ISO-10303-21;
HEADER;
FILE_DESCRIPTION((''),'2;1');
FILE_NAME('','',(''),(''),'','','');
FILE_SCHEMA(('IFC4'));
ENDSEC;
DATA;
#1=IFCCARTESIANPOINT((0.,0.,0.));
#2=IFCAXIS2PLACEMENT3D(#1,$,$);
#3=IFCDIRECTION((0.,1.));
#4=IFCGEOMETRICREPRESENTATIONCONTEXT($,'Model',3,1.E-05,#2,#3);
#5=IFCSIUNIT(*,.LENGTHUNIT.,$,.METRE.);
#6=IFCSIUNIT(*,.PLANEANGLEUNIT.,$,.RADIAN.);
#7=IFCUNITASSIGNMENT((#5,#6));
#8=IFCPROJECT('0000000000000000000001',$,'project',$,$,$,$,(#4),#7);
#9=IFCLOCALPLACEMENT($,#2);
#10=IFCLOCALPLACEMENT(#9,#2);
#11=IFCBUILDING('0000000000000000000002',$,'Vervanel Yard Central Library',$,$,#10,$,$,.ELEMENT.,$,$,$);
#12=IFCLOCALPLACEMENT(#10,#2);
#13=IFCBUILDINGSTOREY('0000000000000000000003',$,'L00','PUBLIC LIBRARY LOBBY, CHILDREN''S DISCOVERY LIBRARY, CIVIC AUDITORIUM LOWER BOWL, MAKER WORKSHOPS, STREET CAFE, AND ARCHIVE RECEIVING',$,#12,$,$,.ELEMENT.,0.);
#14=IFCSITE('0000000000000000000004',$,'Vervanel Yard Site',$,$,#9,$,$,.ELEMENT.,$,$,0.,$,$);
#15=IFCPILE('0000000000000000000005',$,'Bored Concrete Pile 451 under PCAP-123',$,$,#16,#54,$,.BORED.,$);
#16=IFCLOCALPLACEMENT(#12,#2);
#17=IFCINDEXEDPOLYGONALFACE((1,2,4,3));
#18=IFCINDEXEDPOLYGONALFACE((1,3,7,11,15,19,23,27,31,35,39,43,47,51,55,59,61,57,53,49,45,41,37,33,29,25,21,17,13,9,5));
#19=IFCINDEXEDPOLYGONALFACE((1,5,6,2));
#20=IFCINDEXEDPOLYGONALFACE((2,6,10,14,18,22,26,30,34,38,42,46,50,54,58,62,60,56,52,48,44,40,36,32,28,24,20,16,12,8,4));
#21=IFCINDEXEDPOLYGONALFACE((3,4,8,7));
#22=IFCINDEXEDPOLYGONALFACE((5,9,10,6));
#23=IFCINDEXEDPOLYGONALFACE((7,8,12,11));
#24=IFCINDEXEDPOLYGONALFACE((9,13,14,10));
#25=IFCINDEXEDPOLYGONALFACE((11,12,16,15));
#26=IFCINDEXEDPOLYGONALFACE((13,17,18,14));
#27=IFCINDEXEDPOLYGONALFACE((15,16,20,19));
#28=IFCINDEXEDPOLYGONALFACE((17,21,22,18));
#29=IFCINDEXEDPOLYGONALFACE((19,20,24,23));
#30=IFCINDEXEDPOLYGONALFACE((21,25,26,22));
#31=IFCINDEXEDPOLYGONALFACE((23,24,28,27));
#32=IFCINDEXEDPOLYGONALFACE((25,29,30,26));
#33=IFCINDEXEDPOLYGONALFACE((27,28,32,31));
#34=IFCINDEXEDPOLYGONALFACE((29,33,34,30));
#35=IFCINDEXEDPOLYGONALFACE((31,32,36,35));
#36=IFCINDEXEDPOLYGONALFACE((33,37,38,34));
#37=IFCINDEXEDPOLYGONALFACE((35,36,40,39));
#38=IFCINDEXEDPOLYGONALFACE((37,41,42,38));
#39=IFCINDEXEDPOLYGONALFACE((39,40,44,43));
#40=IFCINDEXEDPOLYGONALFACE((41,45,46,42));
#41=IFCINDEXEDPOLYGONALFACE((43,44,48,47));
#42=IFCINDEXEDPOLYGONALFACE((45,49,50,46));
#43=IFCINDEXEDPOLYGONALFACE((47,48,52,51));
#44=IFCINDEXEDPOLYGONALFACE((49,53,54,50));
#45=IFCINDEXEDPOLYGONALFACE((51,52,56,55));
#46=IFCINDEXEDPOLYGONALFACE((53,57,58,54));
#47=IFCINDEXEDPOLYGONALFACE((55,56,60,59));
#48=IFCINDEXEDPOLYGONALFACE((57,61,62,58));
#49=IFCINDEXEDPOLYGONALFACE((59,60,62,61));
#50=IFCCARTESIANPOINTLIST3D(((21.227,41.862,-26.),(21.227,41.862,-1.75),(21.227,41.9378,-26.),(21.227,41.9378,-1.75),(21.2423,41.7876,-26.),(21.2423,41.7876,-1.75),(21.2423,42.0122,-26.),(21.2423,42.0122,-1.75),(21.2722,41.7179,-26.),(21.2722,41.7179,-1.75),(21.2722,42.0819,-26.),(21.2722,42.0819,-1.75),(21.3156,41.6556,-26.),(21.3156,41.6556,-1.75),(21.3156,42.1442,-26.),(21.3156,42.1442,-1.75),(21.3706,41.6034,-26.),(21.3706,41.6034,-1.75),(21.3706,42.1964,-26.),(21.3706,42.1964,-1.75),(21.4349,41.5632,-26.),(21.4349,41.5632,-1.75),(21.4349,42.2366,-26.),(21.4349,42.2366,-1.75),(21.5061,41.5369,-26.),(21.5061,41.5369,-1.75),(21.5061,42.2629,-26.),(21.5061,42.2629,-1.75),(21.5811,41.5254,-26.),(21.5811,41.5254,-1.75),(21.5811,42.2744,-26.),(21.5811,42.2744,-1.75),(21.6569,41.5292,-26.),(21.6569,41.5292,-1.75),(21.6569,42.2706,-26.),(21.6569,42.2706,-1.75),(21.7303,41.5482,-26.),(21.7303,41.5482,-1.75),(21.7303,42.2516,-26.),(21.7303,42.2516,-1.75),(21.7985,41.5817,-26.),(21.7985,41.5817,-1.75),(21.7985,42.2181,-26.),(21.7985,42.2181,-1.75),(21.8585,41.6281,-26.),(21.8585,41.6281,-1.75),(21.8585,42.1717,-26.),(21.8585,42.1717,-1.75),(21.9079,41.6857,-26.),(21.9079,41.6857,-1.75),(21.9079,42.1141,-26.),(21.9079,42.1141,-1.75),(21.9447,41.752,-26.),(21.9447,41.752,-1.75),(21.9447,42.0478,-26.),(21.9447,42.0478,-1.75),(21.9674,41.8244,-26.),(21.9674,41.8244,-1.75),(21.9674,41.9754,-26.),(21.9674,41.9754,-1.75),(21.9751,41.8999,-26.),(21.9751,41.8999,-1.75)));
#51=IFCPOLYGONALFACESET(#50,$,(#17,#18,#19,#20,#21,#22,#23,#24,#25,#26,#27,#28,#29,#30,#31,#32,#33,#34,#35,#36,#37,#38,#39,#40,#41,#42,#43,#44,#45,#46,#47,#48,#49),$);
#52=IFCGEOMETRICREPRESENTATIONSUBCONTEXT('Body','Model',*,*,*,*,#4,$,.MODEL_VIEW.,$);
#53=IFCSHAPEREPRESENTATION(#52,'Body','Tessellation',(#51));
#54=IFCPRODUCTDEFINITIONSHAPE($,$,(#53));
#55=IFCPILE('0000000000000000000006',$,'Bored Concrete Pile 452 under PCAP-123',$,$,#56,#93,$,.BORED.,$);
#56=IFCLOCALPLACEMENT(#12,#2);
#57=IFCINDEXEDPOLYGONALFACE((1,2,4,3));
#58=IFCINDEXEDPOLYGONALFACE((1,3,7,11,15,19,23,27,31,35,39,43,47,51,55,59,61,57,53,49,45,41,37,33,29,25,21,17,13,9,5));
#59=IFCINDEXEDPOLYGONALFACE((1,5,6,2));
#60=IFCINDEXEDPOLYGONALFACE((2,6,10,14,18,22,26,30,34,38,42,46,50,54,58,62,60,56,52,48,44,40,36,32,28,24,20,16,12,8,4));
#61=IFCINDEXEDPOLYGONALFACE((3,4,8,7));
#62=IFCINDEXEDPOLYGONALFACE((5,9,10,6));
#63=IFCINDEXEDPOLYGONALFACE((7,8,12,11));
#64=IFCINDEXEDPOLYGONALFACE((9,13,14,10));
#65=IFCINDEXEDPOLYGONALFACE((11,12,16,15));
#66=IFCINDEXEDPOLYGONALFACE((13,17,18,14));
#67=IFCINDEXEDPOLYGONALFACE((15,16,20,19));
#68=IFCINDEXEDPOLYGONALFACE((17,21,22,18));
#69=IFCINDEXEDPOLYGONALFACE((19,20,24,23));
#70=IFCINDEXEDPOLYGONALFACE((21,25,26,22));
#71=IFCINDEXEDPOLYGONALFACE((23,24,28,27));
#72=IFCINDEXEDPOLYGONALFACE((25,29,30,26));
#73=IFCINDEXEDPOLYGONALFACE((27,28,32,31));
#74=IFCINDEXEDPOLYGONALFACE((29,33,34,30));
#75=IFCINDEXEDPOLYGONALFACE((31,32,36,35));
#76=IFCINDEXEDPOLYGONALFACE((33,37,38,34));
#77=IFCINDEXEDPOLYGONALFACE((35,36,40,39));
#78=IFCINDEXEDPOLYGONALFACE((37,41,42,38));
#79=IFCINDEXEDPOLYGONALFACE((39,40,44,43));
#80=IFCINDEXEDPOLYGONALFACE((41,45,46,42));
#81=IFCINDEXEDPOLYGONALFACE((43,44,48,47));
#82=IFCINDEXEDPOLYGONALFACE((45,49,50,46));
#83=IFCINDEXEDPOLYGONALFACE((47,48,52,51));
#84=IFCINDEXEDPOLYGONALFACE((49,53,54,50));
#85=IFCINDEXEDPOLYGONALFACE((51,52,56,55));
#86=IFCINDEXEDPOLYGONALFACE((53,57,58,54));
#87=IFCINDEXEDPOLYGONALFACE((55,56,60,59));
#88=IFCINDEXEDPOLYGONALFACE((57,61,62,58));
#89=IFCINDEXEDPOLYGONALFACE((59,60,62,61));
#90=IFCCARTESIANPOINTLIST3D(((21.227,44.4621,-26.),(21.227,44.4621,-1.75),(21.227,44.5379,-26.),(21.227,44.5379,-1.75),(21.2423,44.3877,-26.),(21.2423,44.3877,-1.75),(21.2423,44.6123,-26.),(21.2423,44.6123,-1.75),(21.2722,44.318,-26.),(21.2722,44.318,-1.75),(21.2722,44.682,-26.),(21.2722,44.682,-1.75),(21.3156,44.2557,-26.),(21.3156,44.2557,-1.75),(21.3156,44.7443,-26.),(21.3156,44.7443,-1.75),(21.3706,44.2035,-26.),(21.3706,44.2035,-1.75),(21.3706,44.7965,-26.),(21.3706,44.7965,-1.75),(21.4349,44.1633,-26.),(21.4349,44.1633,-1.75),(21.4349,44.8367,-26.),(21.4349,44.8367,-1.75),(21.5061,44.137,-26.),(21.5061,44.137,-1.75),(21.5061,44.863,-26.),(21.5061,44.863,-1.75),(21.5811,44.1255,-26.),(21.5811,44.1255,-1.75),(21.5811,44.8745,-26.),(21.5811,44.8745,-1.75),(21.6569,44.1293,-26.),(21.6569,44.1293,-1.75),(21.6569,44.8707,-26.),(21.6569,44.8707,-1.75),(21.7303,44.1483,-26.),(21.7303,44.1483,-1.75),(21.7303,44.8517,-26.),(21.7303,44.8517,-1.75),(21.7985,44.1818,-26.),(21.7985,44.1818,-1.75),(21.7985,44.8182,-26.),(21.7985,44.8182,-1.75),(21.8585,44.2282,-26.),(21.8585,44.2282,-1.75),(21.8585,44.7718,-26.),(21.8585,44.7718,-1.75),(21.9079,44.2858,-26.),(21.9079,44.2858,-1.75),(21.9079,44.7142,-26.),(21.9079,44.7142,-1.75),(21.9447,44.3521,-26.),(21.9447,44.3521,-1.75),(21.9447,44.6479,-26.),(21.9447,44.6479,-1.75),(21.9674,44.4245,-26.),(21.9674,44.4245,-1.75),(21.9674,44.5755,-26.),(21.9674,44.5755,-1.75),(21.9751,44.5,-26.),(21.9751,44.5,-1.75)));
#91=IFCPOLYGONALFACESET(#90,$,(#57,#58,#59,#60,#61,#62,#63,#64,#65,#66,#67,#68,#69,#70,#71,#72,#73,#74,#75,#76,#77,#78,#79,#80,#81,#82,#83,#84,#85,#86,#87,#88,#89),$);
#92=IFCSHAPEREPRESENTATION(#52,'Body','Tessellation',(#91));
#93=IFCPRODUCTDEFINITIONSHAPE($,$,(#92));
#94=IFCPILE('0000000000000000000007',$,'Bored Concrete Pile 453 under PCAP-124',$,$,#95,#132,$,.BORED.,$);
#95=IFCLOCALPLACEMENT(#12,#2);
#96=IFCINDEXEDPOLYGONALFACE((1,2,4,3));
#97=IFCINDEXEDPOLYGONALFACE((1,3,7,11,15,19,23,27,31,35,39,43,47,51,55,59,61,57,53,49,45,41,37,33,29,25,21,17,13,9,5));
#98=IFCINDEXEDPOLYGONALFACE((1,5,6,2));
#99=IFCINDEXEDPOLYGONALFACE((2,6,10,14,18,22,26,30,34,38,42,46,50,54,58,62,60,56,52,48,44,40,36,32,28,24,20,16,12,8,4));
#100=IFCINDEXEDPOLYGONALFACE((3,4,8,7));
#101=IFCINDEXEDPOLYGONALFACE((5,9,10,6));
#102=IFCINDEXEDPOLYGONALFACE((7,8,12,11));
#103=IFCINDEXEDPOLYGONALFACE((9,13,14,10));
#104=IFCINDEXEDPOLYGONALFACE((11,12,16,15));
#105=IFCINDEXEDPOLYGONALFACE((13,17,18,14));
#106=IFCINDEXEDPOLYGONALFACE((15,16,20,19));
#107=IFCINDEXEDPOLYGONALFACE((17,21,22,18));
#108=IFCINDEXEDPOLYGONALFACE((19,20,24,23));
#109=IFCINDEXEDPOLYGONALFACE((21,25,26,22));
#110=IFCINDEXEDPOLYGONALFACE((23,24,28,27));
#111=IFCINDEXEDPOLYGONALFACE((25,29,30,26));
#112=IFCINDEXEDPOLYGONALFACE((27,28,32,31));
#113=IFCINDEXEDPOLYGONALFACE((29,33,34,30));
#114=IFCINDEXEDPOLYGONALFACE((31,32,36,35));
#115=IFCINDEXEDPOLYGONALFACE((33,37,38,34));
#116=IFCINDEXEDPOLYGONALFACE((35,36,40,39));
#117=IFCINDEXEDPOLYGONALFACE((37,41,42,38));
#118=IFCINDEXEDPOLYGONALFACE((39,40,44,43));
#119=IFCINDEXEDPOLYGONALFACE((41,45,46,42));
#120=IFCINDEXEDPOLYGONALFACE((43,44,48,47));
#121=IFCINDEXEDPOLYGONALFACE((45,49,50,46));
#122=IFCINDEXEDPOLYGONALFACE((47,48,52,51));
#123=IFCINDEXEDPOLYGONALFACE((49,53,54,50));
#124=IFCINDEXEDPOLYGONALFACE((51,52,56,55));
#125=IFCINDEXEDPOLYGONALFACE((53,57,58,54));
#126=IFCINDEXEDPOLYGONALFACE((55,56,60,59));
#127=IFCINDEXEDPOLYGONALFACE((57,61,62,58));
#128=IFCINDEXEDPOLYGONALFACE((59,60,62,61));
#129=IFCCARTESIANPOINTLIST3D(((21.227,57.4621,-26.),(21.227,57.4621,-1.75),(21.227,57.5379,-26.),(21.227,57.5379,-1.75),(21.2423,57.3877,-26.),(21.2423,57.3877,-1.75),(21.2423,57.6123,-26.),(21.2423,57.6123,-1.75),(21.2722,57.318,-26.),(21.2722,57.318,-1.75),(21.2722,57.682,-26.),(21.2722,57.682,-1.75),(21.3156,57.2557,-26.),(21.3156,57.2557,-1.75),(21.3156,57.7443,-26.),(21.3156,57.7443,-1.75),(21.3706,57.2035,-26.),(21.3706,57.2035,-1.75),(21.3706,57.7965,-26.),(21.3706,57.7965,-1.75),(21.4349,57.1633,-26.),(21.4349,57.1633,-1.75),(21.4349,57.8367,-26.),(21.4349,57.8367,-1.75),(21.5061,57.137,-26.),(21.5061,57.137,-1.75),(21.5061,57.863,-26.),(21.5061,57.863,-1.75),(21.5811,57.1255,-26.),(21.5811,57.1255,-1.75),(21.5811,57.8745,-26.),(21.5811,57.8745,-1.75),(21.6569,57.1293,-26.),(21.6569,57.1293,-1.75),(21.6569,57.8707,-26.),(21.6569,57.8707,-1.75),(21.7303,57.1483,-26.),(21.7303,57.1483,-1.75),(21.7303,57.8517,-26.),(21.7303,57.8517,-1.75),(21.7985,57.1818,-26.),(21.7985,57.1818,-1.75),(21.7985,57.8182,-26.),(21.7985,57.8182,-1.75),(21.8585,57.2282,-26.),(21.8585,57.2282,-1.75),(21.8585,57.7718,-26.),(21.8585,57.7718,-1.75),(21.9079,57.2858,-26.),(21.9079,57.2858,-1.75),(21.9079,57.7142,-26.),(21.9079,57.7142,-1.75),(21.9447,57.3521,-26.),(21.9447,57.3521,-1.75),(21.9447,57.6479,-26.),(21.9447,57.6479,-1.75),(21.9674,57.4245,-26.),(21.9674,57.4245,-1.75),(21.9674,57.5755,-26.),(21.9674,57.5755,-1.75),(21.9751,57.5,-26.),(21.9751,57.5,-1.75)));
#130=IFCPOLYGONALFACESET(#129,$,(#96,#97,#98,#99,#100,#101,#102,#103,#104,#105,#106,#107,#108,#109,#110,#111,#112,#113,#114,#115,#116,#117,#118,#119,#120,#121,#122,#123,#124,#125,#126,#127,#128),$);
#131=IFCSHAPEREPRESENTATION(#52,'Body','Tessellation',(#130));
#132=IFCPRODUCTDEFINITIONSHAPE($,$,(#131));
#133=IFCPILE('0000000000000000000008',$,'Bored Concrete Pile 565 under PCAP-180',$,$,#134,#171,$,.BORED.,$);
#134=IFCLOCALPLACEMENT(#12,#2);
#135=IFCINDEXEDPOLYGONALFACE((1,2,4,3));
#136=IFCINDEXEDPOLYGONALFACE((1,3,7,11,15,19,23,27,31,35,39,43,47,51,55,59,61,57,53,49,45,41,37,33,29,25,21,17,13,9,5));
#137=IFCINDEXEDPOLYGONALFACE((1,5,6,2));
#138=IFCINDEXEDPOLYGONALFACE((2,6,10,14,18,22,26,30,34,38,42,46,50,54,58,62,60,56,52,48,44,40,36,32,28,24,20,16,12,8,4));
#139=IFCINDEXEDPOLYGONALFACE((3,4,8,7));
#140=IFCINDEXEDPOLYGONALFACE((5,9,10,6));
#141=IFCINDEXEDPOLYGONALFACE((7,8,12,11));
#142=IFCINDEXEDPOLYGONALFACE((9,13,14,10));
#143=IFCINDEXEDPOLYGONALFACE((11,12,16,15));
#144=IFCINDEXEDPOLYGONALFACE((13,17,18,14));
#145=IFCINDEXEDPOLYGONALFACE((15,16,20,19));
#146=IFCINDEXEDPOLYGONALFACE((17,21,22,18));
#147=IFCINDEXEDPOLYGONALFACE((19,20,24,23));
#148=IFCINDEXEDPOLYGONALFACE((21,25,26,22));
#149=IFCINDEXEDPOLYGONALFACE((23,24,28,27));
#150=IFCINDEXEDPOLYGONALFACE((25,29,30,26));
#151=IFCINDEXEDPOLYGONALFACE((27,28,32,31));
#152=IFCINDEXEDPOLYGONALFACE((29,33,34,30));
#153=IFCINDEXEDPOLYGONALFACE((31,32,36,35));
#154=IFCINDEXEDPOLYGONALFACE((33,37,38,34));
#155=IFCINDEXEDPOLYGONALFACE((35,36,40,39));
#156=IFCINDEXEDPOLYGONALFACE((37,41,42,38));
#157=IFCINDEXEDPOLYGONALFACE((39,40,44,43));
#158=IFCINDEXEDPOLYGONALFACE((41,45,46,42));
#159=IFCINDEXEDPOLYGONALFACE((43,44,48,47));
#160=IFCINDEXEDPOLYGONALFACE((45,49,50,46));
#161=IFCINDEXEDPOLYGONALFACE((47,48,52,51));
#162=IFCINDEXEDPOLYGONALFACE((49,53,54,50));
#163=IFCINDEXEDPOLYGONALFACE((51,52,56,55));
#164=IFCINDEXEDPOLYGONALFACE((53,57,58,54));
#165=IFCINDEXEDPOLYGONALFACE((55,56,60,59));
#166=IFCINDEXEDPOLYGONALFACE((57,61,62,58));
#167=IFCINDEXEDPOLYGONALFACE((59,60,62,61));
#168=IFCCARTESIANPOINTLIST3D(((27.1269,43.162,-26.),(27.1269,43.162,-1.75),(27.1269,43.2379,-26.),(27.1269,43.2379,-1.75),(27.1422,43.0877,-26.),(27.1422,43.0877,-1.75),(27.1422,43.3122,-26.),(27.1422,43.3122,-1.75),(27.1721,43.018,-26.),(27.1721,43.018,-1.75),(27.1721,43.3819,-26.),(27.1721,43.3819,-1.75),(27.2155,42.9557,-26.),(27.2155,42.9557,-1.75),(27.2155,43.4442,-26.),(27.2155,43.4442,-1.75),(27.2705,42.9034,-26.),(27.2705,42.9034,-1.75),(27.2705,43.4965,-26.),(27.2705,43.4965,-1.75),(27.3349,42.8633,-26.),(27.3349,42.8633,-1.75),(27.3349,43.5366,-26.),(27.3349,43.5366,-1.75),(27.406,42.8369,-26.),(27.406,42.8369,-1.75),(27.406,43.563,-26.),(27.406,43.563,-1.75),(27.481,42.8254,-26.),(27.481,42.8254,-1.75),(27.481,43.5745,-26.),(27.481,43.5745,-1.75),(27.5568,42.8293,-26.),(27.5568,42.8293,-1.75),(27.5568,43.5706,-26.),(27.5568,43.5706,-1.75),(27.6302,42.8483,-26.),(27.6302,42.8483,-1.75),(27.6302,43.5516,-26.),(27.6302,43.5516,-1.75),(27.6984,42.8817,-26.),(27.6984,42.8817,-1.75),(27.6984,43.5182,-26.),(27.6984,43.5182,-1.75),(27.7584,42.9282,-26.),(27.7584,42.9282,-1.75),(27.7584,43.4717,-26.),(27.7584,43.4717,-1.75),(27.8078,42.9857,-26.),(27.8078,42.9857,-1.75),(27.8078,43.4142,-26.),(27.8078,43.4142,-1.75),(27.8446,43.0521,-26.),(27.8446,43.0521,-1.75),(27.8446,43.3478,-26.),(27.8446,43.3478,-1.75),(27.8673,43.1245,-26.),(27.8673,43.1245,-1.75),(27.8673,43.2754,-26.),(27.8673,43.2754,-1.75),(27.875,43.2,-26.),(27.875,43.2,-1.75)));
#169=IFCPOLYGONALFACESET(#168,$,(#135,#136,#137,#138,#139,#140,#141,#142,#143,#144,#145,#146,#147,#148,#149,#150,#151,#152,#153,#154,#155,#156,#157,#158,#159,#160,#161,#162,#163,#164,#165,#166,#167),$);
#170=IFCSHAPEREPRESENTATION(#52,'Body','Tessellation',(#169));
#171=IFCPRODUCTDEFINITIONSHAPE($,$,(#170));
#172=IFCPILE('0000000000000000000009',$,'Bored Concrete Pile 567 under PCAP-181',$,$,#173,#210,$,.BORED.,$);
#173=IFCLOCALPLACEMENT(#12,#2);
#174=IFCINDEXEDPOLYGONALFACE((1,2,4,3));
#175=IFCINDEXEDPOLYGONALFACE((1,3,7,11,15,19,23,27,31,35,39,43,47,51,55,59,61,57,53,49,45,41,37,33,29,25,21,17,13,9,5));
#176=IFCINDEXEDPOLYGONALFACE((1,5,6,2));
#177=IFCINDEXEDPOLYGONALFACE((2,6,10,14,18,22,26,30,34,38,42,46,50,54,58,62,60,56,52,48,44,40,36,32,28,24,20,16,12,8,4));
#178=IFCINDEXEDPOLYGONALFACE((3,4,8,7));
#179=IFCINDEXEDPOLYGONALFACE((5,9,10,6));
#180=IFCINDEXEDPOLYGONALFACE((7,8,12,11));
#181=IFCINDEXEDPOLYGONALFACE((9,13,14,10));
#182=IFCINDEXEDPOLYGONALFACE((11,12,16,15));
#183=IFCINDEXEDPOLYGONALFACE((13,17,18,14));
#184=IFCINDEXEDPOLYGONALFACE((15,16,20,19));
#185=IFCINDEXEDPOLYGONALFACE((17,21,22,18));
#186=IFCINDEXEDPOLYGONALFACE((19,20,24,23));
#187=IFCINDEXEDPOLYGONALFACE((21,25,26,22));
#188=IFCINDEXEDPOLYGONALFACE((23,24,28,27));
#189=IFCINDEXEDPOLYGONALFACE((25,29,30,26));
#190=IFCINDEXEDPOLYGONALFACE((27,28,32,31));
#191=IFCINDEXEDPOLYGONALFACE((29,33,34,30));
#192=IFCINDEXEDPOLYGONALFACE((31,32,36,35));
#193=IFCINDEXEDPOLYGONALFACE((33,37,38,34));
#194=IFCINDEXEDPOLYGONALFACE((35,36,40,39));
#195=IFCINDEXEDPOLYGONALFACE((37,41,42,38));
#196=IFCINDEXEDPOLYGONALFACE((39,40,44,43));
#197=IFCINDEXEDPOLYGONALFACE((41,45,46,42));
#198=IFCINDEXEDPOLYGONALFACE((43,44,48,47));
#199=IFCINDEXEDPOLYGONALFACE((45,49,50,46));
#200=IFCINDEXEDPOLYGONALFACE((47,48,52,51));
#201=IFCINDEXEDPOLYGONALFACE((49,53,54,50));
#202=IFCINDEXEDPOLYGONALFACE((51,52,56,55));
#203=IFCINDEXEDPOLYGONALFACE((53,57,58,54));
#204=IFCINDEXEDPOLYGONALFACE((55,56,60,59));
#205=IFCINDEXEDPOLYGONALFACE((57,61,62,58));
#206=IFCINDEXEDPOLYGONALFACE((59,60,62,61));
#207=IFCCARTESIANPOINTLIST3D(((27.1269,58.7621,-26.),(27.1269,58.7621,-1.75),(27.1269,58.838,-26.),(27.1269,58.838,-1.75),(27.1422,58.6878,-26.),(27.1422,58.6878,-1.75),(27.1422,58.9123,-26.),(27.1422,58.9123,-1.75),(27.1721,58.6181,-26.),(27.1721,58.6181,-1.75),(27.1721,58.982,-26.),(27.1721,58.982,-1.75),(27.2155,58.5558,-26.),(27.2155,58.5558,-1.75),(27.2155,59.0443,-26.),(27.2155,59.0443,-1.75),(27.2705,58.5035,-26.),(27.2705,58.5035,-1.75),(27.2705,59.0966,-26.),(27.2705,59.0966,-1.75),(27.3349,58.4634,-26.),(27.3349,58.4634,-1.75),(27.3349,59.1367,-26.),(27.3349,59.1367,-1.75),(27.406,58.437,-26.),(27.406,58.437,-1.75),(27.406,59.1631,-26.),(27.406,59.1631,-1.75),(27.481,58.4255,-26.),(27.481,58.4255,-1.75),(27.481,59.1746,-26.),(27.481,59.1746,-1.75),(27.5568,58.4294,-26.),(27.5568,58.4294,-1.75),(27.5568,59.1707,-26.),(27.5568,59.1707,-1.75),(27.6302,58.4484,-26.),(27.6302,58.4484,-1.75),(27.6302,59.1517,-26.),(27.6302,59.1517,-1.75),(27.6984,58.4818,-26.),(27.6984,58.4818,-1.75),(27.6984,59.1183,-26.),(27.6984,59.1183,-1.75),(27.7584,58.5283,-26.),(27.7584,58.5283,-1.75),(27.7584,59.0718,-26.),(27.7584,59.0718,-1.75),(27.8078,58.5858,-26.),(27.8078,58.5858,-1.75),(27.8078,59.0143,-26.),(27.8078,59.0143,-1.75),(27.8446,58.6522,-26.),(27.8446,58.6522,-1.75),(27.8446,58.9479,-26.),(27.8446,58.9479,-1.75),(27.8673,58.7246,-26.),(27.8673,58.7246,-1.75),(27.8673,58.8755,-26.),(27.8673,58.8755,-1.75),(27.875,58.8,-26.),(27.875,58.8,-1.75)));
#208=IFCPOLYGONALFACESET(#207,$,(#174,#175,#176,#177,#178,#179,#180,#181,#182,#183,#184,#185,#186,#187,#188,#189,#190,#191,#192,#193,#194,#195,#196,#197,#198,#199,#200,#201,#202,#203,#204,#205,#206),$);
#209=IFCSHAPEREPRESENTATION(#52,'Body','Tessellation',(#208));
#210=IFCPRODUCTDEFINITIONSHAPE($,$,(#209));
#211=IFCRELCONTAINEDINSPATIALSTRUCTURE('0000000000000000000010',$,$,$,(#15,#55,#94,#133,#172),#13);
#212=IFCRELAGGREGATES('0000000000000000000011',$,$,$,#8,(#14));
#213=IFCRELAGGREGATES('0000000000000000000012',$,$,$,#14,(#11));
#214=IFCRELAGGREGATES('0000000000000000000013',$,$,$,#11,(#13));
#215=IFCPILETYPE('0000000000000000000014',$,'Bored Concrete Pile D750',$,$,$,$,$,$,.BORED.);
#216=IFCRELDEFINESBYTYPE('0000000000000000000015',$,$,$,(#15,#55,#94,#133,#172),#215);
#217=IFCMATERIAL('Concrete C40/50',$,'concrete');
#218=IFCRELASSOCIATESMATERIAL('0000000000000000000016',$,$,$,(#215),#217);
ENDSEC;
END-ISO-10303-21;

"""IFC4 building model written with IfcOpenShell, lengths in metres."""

from ifc_helpers import new_model, si_unit, direction, frame, origin, origin_2d, place, context, subcontext, project, spatial, circle, extrude, material, material_profile, profile_set, type_object, element, save


model = new_model("IFC4")

# Units and contexts
model_context = context("Model", 3, precision=1e-05, world=origin(), true_north=direction((0.0, 1.0)))
body_context = subcontext(model_context, "Body", "Model", "MODEL_VIEW")
ifc_project = project(units=[si_unit("LENGTHUNIT", "METRE"), si_unit("PLANEANGLEUNIT", "RADIAN")], contexts=[model_context])

# Site, building, storey
site_placement = place(None, origin())
site = spatial("IfcSite", under=ifc_project, at=site_placement, Name="Vervanel Yard Site", CompositionType="ELEMENT", RefElevation=0.0)
building_placement = place(site_placement, origin())
building = spatial("IfcBuilding", under=site, at=building_placement, Name="Vervanel Yard Central Library", CompositionType="ELEMENT")
storey_placement = place(building_placement, origin())
storey = spatial("IfcBuildingStorey", under=building, at=storey_placement, Name="L00", Description="PUBLIC LIBRARY LOBBY, CHILDREN'S DISCOVERY LIBRARY, CIVIC AUDITORIUM LOWER BOWL, MAKER WORKSHOPS, STREET CAFE, AND ARCHIVE RECEIVING", CompositionType="ELEMENT", Elevation=0.0)

# Piles
ifc_material_1 = material(Name="Concrete C40/50", Category="concrete")
ifc_material_profile_1 = material_profile(ifc_material_1, circle(Radius=0.375, at=origin_2d()), Name="BP D750", Category="concrete")
ifc_profile_set_1 = profile_set([ifc_material_profile_1], Name="Concrete C40/50")
pile_type = type_object("IfcPileType", Name="Bored Concrete Pile D750", PredefinedType="BORED", material=ifc_profile_set_1)
for number, where, z_axis, x_axis, name in (
    (1, (21.6001, 41.8999, -1.75), (0.0, 0.0, -1.0), (1.0, 0.0, 0.0), "Bored Concrete Pile 451 under PCAP-123"),
    (2, (21.6001, 44.5, -1.75), (0.0, 0.0, -1.0), (1.0, 0.0, 0.0), "Bored Concrete Pile 452 under PCAP-123"),
    (3, (21.6001, 57.5, -1.75), (0.0, 0.0, -1.0), (1.0, 0.0, 0.0), "Bored Concrete Pile 453 under PCAP-124"),
    (4, (27.5, 43.2, -1.75), (0.0, 0.0, -1.0), (1.0, 0.0, 0.0), "Bored Concrete Pile 565 under PCAP-180"),
    (5, (27.5, 58.8, -1.75), (0.0, 0.0, -1.0), (1.0, 0.0, 0.0), "Bored Concrete Pile 567 under PCAP-181"),
):
    element("IfcPile", number, at=place(storey_placement, frame(where, z_axis=z_axis, x_axis=x_axis)), inside=storey, type_object=pile_type, Name=name, PredefinedType="BORED", context=body_context, shape_type="SweptSolid", body=[
        extrude(circle(Radius=0.375, at=origin_2d()), origin(), (0.0, 0.0, 1.0), 24.25),
    ])

save(model, "model.ifc")
